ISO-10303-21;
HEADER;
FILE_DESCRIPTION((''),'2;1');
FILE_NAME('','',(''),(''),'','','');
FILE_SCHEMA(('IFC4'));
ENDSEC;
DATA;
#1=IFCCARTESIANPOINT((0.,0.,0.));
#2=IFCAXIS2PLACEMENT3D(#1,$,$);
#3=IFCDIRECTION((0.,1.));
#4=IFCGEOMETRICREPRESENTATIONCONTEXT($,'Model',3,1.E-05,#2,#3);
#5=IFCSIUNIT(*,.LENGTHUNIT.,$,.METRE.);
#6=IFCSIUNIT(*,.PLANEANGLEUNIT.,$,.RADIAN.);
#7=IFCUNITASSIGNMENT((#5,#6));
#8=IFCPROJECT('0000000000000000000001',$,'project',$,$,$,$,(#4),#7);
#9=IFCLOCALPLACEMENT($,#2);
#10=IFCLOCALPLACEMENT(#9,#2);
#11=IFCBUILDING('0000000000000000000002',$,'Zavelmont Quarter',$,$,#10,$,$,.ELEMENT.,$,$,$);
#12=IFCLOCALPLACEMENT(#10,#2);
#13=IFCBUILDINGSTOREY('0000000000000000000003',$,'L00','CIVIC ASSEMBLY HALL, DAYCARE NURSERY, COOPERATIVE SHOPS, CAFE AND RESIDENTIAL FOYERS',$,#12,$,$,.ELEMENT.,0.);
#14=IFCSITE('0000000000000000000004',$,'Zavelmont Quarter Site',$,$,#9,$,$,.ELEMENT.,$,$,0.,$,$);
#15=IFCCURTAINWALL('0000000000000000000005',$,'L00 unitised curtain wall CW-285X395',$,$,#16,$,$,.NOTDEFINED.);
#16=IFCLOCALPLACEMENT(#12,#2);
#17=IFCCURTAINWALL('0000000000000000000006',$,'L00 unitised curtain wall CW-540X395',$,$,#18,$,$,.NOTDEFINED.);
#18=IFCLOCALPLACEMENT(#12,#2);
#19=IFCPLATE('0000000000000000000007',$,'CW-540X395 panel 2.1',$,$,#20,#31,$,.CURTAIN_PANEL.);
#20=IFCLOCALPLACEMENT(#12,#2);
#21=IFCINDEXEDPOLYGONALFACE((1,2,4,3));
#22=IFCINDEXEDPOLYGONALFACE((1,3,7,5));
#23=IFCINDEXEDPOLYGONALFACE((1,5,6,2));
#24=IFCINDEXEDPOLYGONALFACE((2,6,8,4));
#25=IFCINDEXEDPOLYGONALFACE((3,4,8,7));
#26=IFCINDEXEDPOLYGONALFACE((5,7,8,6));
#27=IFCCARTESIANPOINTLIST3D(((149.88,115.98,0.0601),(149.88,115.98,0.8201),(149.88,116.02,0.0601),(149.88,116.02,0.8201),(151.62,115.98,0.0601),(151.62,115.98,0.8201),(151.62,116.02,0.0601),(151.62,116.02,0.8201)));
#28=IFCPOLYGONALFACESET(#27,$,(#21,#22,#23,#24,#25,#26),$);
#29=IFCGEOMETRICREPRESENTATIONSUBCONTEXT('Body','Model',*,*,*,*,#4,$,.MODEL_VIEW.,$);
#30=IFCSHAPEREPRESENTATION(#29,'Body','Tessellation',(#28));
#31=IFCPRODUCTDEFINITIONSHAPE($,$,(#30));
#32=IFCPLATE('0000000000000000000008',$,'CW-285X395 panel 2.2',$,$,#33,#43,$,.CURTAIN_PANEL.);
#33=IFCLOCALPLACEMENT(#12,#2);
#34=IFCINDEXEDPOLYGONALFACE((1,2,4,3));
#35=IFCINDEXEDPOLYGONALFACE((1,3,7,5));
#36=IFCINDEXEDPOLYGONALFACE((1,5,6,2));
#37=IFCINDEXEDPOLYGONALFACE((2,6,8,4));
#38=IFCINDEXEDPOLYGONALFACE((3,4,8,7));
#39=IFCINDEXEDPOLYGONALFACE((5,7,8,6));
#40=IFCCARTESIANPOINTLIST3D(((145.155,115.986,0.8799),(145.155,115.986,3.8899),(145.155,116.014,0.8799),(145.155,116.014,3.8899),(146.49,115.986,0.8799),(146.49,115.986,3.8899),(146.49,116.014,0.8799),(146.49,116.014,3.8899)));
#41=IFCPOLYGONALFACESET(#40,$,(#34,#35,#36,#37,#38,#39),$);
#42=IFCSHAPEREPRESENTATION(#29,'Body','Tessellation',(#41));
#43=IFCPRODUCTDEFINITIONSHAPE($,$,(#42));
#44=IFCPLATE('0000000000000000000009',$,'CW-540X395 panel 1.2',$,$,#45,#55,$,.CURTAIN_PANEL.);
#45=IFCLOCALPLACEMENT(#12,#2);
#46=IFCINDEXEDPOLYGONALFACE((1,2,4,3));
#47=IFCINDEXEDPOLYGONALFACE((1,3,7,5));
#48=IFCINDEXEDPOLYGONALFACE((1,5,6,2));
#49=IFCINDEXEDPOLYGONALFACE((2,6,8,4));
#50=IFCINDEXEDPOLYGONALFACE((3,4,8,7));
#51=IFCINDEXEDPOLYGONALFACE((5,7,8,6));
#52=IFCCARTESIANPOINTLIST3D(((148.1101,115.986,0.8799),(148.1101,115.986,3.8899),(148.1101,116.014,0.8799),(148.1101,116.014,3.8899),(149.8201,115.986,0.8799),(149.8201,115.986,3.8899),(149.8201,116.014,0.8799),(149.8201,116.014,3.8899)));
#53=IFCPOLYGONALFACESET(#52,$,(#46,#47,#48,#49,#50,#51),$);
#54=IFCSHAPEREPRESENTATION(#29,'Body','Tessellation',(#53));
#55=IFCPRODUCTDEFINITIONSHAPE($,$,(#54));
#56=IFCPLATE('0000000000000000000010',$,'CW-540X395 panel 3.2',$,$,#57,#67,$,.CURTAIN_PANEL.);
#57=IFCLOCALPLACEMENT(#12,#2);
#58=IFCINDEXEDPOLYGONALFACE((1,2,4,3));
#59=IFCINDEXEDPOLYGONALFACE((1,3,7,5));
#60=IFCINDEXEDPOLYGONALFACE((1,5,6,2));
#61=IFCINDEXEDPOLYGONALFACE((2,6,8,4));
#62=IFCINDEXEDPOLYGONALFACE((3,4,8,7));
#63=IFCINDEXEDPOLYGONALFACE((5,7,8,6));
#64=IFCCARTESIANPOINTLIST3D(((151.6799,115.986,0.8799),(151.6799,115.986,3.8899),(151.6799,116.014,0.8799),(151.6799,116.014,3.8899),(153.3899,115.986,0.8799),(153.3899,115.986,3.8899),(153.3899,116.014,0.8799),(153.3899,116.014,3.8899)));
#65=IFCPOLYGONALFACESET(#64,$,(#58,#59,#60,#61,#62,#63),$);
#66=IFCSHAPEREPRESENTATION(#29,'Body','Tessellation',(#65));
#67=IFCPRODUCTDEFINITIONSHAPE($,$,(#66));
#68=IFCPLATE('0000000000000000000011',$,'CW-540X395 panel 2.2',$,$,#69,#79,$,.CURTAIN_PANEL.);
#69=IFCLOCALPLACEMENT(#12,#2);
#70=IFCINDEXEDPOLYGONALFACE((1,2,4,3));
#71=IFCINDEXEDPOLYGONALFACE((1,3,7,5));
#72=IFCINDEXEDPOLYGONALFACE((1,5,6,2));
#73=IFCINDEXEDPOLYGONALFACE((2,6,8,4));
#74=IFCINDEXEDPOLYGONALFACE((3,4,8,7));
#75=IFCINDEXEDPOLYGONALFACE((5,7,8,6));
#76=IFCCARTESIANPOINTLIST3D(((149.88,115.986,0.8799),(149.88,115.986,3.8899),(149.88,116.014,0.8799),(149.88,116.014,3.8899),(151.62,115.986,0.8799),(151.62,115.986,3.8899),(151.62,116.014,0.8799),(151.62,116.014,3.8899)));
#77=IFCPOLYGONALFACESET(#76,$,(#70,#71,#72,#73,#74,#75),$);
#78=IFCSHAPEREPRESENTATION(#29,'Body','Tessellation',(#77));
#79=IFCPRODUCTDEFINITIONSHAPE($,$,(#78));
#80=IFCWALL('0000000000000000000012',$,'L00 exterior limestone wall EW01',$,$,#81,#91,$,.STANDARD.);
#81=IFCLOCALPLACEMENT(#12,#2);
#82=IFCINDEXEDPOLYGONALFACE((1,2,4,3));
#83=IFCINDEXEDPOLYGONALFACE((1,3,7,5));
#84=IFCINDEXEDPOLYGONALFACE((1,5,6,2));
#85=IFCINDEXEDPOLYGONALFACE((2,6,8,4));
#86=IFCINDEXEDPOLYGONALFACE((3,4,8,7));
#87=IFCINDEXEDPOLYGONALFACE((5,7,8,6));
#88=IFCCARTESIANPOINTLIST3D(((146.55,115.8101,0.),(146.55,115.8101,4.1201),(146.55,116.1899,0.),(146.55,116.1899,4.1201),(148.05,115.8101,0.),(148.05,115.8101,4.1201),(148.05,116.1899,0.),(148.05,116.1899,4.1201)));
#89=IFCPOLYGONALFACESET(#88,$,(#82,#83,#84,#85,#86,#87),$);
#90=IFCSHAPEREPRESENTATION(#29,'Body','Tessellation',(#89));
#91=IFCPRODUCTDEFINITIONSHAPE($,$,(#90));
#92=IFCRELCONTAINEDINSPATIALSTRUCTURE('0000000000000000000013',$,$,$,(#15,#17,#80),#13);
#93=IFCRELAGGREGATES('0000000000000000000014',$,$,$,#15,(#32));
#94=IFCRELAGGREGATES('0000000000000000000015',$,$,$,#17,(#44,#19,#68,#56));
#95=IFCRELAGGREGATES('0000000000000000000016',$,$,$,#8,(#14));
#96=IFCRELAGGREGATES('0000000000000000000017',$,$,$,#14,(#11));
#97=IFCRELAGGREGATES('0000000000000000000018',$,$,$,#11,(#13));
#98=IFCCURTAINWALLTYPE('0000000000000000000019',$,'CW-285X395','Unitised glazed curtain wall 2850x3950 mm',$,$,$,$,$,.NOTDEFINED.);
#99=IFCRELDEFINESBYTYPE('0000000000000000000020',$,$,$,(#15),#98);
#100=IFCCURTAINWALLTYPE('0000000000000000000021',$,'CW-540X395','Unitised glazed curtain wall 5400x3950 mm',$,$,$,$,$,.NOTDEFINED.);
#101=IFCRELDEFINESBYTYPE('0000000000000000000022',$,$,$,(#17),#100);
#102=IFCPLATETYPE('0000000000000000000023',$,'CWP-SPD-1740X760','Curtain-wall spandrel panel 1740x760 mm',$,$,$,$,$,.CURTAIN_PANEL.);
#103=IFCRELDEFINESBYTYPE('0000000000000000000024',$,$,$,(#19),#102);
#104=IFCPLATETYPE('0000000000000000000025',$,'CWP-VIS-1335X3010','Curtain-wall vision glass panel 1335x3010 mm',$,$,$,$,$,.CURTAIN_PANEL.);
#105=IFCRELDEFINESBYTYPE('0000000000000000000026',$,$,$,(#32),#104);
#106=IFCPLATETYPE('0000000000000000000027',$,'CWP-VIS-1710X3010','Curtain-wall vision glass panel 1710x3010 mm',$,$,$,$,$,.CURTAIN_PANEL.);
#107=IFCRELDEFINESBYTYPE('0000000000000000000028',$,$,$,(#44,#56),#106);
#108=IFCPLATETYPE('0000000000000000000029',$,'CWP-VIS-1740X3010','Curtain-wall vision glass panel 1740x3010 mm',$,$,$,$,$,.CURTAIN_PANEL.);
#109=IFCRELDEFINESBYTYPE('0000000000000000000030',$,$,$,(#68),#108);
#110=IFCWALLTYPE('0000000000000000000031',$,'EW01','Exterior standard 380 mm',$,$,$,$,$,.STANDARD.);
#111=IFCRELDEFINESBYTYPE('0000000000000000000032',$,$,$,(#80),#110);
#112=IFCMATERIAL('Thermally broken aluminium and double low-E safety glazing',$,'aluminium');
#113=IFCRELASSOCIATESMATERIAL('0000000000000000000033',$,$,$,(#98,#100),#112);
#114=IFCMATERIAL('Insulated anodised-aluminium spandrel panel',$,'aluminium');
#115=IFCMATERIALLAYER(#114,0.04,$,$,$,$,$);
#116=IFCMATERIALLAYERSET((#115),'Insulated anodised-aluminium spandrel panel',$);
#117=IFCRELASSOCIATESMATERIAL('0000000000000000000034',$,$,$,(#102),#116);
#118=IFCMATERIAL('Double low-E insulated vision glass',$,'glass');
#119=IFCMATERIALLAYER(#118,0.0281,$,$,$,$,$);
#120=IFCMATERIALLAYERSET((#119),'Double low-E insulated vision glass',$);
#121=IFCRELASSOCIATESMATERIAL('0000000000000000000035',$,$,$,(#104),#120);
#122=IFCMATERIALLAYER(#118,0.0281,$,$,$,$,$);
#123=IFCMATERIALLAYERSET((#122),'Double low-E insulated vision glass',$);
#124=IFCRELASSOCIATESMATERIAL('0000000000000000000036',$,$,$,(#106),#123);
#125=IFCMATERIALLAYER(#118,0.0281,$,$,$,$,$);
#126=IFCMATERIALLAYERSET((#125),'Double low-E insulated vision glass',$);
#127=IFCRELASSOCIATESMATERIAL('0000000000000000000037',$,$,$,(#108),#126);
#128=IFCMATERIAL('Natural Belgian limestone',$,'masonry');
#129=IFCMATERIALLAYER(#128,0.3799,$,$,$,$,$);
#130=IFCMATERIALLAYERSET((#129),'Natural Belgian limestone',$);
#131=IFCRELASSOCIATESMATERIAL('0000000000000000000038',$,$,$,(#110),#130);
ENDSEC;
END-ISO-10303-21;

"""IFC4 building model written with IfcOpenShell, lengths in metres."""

from ifc_helpers import new_model, si_unit, direction, frame, frame_2d, origin, origin_2d, place, context, subcontext, project, spatial, rectangle, extrude, material, layer, layer_set, type_object, element, aggregate, save


model = new_model("IFC4")

# Units and contexts
model_context = context("Model", 3, precision=1e-05, world=origin(), true_north=direction((0.0, 1.0)))
body_context = subcontext(model_context, "Body", "Model", "MODEL_VIEW")
ifc_project = project(units=[si_unit("LENGTHUNIT", "METRE"), si_unit("PLANEANGLEUNIT", "RADIAN")], contexts=[model_context])

# Site, building, storey
site_placement = place(None, origin())
site = spatial("IfcSite", under=ifc_project, at=site_placement, Name="Zavelmont Quarter Site", CompositionType="ELEMENT", RefElevation=0.0)
building_placement = place(site_placement, origin())
building = spatial("IfcBuilding", under=site, at=building_placement, Name="Zavelmont Quarter", CompositionType="ELEMENT")
storey_placement = place(building_placement, origin())
storey = spatial("IfcBuildingStorey", under=building, at=storey_placement, Name="L00", Description="CIVIC ASSEMBLY HALL, DAYCARE NURSERY, COOPERATIVE SHOPS, CAFE AND RESIDENTIAL FOYERS", CompositionType="ELEMENT", Elevation=0.0)

# Curtain walls
ifc_material_1 = material(Name="Thermally broken aluminium and double low-E safety glazing", Category="aluminium")
curtain_wall_type_1 = type_object("IfcCurtainWallType", Name="CW-285X395", Description="Unitised glazed curtain wall 2850x3950 mm", PredefinedType="NOTDEFINED", material=ifc_material_1)
curtain_wall_1_placement = place(storey_placement, origin())
curtain_wall_1 = element("IfcCurtainWall", 1, at=curtain_wall_1_placement, inside=storey, type_object=curtain_wall_type_1, Name="L00 unitised curtain wall CW-285X395", PredefinedType="NOTDEFINED")
curtain_wall_type_2 = type_object("IfcCurtainWallType", Name="CW-540X395", Description="Unitised glazed curtain wall 5400x3950 mm", PredefinedType="NOTDEFINED", material=ifc_material_1)
curtain_wall_2_placement = place(storey_placement, origin())
curtain_wall_2 = element("IfcCurtainWall", 2, at=curtain_wall_2_placement, inside=storey, type_object=curtain_wall_type_2, Name="L00 unitised curtain wall CW-540X395", PredefinedType="NOTDEFINED")

# Plates
ifc_material_2 = material(Name="Insulated anodised-aluminium spandrel panel", Category="aluminium")
ifc_layer_1 = layer(ifc_material_2, 0.04)
ifc_layer_set_1 = layer_set([ifc_layer_1], Name="Insulated anodised-aluminium spandrel panel")
plate_type_1 = type_object("IfcPlateType", Name="CWP-SPD-1740X760", Description="Curtain-wall spandrel panel 1740x760 mm", PredefinedType="CURTAIN_PANEL", material=ifc_layer_set_1)
plate_1_placement = place(storey_placement, frame((150.75, 116.0, 0.0601), z_axis=(0.0, 0.0, 1.0), x_axis=(1.0, 0.0, 0.0)))
plate_1 = element("IfcPlate", 3, at=plate_1_placement, type_object=plate_type_1, Name="CW-540X395 panel 2.1", PredefinedType="CURTAIN_PANEL", context=body_context, shape_type="SweptSolid", body=[
    extrude(rectangle(XDim=1.74, YDim=0.04, at=origin_2d()), origin(), (0.0, 0.0, 1.0), 0.76),
])
ifc_material_3 = material(Name="Double low-E insulated vision glass", Category="glass")
ifc_layer_2 = layer(ifc_material_3, 0.0281)
ifc_layer_set_2 = layer_set([ifc_layer_2], Name="Double low-E insulated vision glass")
plate_type_2 = type_object("IfcPlateType", Name="CWP-VIS-1335X3010", Description="Curtain-wall vision glass panel 1335x3010 mm", PredefinedType="CURTAIN_PANEL", material=ifc_layer_set_2)
plate_2_placement = place(storey_placement, frame((145.8225, 116.0, 0.8799), z_axis=(0.0, 0.0, 1.0), x_axis=(1.0, 0.0, 0.0)))
plate_2 = element("IfcPlate", 4, at=plate_2_placement, type_object=plate_type_2, Name="CW-285X395 panel 2.2", PredefinedType="CURTAIN_PANEL", context=body_context, shape_type="SweptSolid", body=[
    extrude(rectangle(XDim=1.335, YDim=0.0281, at=origin_2d()), origin(), (0.0, 0.0, 1.0), 3.01),
])
aggregate(curtain_wall_1, [plate_2])
ifc_layer_3 = layer(ifc_material_3, 0.0281)
ifc_layer_set_3 = layer_set([ifc_layer_3], Name="Double low-E insulated vision glass")
plate_type_3 = type_object("IfcPlateType", Name="CWP-VIS-1710X3010", Description="Curtain-wall vision glass panel 1710x3010 mm", PredefinedType="CURTAIN_PANEL", material=ifc_layer_set_3)
plate_3_placement = place(storey_placement, frame((148.9651, 116.0, 0.8799), z_axis=(0.0, 0.0, 1.0), x_axis=(1.0, 0.0, 0.0)))
plate_3 = element("IfcPlate", 5, at=plate_3_placement, type_object=plate_type_3, Name="CW-540X395 panel 1.2", PredefinedType="CURTAIN_PANEL", context=body_context, shape_type="SweptSolid", body=[
    extrude(rectangle(XDim=1.71, YDim=0.0281, at=origin_2d()), origin(), (0.0, 0.0, 1.0), 3.01),
])
plate_4_placement = place(storey_placement, frame((152.5349, 116.0, 0.8799), z_axis=(0.0, 0.0, 1.0), x_axis=(1.0, 0.0, 0.0)))
plate_4 = element("IfcPlate", 6, at=plate_4_placement, type_object=plate_type_3, Name="CW-540X395 panel 3.2", PredefinedType="CURTAIN_PANEL", context=body_context, shape_type="SweptSolid", body=[
    extrude(rectangle(XDim=1.71, YDim=0.0281, at=origin_2d()), origin(), (0.0, 0.0, 1.0), 3.01),
])
ifc_layer_4 = layer(ifc_material_3, 0.0281)
ifc_layer_set_4 = layer_set([ifc_layer_4], Name="Double low-E insulated vision glass")
plate_type_4 = type_object("IfcPlateType", Name="CWP-VIS-1740X3010", Description="Curtain-wall vision glass panel 1740x3010 mm", PredefinedType="CURTAIN_PANEL", material=ifc_layer_set_4)
plate_5_placement = place(storey_placement, frame((150.75, 116.0, 0.8799), z_axis=(0.0, 0.0, 1.0), x_axis=(1.0, 0.0, 0.0)))
plate_5 = element("IfcPlate", 7, at=plate_5_placement, type_object=plate_type_4, Name="CW-540X395 panel 2.2", PredefinedType="CURTAIN_PANEL", context=body_context, shape_type="SweptSolid", body=[
    extrude(rectangle(XDim=1.74, YDim=0.0281, at=origin_2d()), origin(), (0.0, 0.0, 1.0), 3.01),
])
aggregate(curtain_wall_2, [plate_3, plate_1, plate_5, plate_4])

# Wall
ifc_material_4 = material(Name="Natural Belgian limestone", Category="masonry")
ifc_layer_5 = layer(ifc_material_4, 0.3799)
ifc_layer_set_5 = layer_set([ifc_layer_5], Name="Natural Belgian limestone")
wall_type = type_object("IfcWallType", Name="EW01", Description="Exterior standard 380 mm", PredefinedType="STANDARD", material=ifc_layer_set_5)
wall_placement = place(storey_placement, frame((146.55, 116.0, 0.0), z_axis=(0.0, 0.0, 1.0), x_axis=(1.0, 0.0, 0.0)))
element("IfcWall", 8, at=wall_placement, inside=storey, type_object=wall_type, Name="L00 exterior limestone wall EW01", PredefinedType="STANDARD", context=body_context, shape_type="SweptSolid", body=[
    extrude(rectangle(XDim=1.5, YDim=0.3799, at=frame_2d((0.75, 0.0))), origin(), (0.0, 0.0, 1.0), 4.1201),
])

save(model, "model.ifc")
